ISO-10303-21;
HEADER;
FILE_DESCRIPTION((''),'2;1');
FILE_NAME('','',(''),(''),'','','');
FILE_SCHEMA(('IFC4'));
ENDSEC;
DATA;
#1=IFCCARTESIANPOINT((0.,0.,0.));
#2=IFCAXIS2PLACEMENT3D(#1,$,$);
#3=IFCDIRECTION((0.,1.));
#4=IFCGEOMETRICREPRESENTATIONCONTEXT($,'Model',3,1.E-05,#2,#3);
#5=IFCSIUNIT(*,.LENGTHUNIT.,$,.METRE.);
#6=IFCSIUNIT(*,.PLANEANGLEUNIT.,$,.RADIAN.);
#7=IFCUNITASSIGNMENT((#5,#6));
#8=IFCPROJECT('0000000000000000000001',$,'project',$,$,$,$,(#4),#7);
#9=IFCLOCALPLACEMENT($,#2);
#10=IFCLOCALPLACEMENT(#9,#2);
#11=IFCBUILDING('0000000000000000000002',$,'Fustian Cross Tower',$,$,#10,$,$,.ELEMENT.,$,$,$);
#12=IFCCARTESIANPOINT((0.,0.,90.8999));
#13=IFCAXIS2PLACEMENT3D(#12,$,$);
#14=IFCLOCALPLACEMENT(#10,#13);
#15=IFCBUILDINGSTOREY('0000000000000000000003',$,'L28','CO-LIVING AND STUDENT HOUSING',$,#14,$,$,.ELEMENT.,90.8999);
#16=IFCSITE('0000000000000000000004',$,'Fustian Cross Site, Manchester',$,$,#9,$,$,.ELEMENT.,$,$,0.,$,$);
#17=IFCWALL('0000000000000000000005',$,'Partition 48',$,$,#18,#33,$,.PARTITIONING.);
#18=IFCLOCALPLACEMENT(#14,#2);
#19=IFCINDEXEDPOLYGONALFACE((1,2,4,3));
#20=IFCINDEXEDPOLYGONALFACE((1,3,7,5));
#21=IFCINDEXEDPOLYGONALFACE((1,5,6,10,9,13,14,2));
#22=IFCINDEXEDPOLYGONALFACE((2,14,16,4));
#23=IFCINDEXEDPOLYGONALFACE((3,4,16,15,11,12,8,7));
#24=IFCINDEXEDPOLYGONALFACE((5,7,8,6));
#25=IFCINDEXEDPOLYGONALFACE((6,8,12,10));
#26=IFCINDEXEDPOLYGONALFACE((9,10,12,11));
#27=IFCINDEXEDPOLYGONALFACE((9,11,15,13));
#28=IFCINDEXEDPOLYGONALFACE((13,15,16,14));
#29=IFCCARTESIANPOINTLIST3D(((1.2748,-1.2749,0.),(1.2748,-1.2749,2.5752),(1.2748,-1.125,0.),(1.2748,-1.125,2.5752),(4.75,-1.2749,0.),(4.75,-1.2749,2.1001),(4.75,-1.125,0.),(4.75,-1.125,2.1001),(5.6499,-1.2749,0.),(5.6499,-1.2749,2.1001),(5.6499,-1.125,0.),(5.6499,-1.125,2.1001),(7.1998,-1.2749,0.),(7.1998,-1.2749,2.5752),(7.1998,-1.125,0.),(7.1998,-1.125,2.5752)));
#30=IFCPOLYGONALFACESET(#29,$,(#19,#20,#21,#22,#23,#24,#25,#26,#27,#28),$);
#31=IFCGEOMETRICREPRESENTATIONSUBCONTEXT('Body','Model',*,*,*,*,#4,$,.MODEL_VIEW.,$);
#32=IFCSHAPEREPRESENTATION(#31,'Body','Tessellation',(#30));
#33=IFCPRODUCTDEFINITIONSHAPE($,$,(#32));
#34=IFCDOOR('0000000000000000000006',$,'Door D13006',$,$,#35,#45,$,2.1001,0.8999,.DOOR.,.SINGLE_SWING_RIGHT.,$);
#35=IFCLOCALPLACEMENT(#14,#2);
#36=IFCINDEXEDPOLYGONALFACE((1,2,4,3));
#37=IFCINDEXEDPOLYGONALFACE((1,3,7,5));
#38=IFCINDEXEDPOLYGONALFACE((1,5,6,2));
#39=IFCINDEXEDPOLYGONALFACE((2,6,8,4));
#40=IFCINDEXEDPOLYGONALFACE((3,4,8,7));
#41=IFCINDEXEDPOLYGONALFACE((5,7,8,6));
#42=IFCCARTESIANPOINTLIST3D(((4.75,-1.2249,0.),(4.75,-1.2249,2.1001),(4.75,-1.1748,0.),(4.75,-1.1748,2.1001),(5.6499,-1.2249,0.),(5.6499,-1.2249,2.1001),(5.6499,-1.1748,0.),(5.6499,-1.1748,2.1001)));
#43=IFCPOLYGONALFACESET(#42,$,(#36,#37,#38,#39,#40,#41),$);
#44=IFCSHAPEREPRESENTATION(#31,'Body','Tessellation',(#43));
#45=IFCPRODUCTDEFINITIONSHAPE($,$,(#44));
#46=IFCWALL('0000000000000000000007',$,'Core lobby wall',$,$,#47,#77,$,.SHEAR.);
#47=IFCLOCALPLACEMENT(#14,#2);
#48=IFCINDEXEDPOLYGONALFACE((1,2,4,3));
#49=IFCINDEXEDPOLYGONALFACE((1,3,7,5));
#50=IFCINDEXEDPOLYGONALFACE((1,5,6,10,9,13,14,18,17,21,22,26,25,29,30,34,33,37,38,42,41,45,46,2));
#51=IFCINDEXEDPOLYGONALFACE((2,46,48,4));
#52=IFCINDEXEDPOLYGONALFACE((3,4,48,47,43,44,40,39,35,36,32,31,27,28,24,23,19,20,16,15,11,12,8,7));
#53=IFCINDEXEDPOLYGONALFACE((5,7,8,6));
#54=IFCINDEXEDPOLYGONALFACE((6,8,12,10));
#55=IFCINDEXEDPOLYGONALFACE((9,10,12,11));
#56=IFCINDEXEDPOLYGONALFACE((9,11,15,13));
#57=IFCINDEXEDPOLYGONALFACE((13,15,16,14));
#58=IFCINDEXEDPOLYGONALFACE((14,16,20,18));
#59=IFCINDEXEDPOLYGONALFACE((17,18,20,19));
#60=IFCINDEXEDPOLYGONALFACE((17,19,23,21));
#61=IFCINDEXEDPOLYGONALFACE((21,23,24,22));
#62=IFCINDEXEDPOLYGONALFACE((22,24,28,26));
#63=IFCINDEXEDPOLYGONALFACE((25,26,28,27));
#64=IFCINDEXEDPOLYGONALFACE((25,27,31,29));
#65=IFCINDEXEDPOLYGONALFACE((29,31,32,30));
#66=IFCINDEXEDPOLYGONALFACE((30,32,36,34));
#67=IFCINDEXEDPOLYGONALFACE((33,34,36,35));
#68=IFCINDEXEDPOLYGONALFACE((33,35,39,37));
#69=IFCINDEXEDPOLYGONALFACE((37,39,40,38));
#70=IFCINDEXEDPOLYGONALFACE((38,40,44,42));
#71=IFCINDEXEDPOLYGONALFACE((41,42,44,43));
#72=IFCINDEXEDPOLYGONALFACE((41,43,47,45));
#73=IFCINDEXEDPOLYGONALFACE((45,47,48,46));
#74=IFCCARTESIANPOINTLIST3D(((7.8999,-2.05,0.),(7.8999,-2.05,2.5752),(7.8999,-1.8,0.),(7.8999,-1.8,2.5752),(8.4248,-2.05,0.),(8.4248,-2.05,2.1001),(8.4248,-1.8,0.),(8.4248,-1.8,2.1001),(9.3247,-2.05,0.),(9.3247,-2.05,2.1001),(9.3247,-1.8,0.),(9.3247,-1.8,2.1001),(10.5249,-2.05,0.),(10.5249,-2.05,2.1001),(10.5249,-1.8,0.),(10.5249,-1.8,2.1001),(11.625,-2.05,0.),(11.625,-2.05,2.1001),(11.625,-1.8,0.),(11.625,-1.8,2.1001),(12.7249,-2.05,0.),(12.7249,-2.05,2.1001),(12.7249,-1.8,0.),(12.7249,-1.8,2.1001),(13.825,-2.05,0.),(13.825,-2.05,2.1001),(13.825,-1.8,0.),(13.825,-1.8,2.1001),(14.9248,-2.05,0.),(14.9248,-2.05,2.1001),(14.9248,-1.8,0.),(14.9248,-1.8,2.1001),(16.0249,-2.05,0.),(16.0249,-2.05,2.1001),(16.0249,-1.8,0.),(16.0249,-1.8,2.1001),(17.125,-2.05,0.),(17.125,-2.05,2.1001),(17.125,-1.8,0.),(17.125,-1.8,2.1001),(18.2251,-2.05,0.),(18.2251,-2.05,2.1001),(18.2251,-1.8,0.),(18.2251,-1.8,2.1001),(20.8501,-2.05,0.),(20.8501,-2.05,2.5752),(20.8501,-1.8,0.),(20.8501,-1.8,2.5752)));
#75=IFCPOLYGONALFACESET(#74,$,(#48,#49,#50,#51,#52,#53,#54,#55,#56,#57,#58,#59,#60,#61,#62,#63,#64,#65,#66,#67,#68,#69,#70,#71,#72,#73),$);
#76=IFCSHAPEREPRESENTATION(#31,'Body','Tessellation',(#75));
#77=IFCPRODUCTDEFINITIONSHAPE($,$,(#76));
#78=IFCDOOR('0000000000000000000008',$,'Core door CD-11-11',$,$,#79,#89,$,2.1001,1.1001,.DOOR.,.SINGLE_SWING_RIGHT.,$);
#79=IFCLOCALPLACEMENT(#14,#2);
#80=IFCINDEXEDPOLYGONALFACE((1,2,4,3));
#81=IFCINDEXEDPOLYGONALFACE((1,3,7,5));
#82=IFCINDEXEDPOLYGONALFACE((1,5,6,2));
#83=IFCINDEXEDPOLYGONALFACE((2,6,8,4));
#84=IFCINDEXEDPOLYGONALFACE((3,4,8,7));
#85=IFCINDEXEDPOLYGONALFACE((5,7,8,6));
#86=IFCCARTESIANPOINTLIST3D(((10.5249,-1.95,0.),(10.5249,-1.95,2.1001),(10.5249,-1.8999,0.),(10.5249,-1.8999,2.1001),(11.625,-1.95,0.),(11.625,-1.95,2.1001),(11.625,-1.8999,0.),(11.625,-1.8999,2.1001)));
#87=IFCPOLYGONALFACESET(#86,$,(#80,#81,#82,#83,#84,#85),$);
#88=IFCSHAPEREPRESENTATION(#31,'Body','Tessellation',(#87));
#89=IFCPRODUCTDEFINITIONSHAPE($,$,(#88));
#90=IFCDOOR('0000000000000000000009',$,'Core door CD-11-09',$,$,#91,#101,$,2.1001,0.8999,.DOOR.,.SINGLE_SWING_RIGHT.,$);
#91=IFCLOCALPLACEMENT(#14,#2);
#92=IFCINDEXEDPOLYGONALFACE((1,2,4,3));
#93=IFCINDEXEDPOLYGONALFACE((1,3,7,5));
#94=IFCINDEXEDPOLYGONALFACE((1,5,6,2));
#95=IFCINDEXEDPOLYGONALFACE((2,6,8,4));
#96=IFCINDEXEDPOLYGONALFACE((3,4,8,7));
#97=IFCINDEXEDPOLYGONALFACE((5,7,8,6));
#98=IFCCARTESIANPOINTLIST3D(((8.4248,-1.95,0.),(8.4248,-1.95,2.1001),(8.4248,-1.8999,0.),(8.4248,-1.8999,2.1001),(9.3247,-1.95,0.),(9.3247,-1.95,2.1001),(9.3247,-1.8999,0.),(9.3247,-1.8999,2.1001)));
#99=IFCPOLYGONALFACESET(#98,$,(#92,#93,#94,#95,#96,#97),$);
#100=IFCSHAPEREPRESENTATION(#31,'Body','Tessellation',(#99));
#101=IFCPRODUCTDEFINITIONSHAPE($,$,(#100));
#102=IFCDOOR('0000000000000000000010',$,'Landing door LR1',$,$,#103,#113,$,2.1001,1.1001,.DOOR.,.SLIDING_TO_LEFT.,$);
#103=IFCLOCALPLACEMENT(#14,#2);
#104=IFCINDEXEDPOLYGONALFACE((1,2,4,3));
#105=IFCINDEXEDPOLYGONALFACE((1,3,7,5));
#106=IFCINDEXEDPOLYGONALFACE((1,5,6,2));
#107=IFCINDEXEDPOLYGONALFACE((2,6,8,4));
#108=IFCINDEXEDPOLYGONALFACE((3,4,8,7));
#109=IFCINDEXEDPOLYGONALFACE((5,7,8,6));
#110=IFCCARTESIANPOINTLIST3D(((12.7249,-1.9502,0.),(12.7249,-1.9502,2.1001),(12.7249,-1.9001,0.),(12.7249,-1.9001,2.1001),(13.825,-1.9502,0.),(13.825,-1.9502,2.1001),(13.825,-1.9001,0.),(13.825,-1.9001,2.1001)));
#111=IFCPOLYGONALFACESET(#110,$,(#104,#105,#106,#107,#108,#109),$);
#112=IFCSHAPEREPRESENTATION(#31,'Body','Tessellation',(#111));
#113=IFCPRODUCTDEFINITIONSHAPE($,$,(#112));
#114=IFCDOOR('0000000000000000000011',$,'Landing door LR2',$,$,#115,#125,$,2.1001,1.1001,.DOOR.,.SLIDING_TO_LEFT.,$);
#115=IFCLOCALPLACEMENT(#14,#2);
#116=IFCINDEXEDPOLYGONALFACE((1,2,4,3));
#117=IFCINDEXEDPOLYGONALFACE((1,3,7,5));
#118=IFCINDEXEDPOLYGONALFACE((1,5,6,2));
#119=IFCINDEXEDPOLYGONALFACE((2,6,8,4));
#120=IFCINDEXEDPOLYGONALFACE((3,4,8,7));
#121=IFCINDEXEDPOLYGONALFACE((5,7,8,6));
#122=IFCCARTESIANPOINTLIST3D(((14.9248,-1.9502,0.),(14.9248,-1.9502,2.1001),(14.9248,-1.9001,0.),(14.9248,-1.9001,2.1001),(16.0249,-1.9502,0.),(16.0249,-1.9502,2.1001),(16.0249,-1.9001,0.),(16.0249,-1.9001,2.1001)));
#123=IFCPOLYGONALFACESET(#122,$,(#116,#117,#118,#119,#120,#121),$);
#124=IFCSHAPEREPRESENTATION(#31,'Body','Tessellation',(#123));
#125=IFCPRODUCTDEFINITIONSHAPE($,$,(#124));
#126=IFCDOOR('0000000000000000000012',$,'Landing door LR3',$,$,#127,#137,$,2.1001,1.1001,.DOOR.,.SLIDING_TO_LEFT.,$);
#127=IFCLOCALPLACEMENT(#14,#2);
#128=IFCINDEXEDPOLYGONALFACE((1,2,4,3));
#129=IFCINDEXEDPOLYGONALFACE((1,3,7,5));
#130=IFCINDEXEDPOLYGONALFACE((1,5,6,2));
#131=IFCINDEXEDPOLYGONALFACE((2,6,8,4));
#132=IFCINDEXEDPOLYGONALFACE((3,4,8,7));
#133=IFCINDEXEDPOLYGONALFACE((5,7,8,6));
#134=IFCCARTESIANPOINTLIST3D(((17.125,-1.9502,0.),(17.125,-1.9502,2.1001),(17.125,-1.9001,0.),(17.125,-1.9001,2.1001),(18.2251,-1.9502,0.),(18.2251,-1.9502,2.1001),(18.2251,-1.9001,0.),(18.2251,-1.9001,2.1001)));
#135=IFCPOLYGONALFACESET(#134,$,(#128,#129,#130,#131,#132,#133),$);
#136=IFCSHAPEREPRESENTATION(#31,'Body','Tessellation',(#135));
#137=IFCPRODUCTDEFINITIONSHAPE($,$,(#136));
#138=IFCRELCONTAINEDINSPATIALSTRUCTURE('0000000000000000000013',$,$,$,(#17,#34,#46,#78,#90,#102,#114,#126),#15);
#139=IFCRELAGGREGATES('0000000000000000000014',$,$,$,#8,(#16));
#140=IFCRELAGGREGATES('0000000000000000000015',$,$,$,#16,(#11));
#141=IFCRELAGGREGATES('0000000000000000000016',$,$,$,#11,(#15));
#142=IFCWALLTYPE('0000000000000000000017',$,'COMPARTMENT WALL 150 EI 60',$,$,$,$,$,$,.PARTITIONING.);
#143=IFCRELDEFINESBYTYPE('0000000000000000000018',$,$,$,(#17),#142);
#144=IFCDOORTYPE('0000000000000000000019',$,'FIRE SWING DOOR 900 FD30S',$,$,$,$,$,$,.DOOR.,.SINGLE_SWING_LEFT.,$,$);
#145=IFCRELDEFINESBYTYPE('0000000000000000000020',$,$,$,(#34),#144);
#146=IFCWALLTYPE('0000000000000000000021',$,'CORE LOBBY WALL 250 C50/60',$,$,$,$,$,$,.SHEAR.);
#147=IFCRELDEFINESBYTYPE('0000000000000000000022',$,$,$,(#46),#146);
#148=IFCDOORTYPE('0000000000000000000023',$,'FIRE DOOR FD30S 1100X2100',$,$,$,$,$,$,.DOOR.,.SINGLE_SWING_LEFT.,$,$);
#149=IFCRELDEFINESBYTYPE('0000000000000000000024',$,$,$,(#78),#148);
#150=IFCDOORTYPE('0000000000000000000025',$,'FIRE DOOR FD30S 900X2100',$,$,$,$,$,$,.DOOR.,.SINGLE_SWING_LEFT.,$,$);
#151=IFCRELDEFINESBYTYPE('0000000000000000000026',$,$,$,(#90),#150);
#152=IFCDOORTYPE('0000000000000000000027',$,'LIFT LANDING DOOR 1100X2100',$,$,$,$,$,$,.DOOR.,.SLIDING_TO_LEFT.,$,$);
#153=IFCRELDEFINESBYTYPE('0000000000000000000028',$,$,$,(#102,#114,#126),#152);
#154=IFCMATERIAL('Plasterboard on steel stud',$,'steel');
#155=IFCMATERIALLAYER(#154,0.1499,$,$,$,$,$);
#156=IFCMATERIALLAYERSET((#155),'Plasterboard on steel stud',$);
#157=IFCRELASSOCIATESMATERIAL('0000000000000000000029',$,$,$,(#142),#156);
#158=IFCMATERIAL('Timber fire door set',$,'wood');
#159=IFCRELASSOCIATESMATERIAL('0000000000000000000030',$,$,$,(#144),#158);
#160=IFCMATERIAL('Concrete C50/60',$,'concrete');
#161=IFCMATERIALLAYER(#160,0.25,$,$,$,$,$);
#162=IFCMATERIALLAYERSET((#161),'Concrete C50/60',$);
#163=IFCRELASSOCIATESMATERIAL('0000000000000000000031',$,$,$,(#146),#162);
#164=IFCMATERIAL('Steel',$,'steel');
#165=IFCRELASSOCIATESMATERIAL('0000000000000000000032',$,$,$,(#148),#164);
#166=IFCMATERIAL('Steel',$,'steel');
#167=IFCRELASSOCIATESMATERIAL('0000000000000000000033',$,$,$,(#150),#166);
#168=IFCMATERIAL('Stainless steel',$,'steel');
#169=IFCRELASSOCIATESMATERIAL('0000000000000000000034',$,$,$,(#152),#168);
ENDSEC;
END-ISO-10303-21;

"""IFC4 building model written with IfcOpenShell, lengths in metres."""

from ifc_helpers import new_model, si_unit, direction, frame, frame_2d, origin, place, context, subcontext, project, spatial, rectangle, extrude, material, layer, layer_set, type_object, element, fill, save


model = new_model("IFC4")

# Units and contexts
model_context = context("Model", 3, precision=1e-05, world=origin(), true_north=direction((0.0, 1.0)))
body_context = subcontext(model_context, "Body", "Model", "MODEL_VIEW")
ifc_project = project(units=[si_unit("LENGTHUNIT", "METRE"), si_unit("PLANEANGLEUNIT", "RADIAN")], contexts=[model_context])

# Site, building, storey
site_placement = place(None, origin())
site = spatial("IfcSite", under=ifc_project, at=site_placement, Name="Fustian Cross Site, Manchester", CompositionType="ELEMENT", RefElevation=0.0)
building_placement = place(site_placement, origin())
building = spatial("IfcBuilding", under=site, at=building_placement, Name="Fustian Cross Tower", CompositionType="ELEMENT")
storey_placement = place(building_placement, frame((0.0, 0.0, 90.8999)))
storey = spatial("IfcBuildingStorey", under=building, at=storey_placement, Name="L28", Description="CO-LIVING AND STUDENT HOUSING", CompositionType="ELEMENT", Elevation=90.8999)

# Wall, opening, door
ifc_material_1 = material(Name="Plasterboard on steel stud", Category="steel")
ifc_layer_1 = layer(ifc_material_1, 0.1499)
ifc_layer_set_1 = layer_set([ifc_layer_1], Name="Plasterboard on steel stud")
wall_type_1 = type_object("IfcWallType", Name="COMPARTMENT WALL 150 EI 60", PredefinedType="PARTITIONING", material=ifc_layer_set_1)
wall_1_placement = place(storey_placement, frame((1.2749, -1.2, 0.0), z_axis=(0.0, 0.0, 1.0), x_axis=(1.0, 0.0, 0.0)))
wall_1 = element("IfcWall", 1, at=wall_1_placement, inside=storey, type_object=wall_type_1, Name="Partition 48", PredefinedType="PARTITIONING", context=body_context, shape_type="SweptSolid", body=[
    extrude(rectangle(XDim=5.925, YDim=0.1499, at=frame_2d((2.9624, 0.0))), origin(), (0.0, 0.0, 1.0), 2.5752),
])
opening_1_placement = place(wall_1_placement, frame((3.4751, 0.0, 0.0)))
opening_1 = element("IfcOpeningElement", 2, at=opening_1_placement, cuts=wall_1, PredefinedType="OPENING", context=body_context, shape_type="SweptSolid", body=[
    extrude(rectangle(XDim=0.8999, YDim=2.1001, at=frame_2d((0.45, 1.05))), frame((0.0, 0.085, 0.0), z_axis=(0.0, -1.0, 0.0), x_axis=(1.0, 0.0, 0.0)), (0.0, 0.0, 1.0), 0.1699),
])
ifc_material_2 = material(Name="Timber fire door set", Category="wood")
door_type_1 = type_object("IfcDoorType", Name="FIRE SWING DOOR 900 FD30S", OperationType="SINGLE_SWING_LEFT", PredefinedType="DOOR", material=ifc_material_2)
door_1_placement = place(opening_1_placement, frame((0.8999, 0.0, 0.0), z_axis=(0.0, 0.0, 1.0), x_axis=(-1.0, 0.0, 0.0)))
door_1 = element("IfcDoor", 3, at=door_1_placement, inside=storey, type_object=door_type_1, Name="Door D13006", OperationType="SINGLE_SWING_RIGHT", OverallHeight=2.1001, OverallWidth=0.8999, PredefinedType="DOOR", context=body_context, shape_type="SweptSolid", body=[
    extrude(rectangle(XDim=0.8999, YDim=2.1001, at=frame_2d((0.45, 1.05))), frame((0.0, 0.0249, 0.0), z_axis=(0.0, -1.0, 0.0), x_axis=(1.0, 0.0, 0.0)), (0.0, 0.0, 1.0), 0.05),
])
fill(opening_1, door_1)

# Wall, openings, doors
ifc_material_3 = material(Name="Concrete C50/60", Category="concrete")
ifc_layer_2 = layer(ifc_material_3, 0.25)
ifc_layer_set_2 = layer_set([ifc_layer_2], Name="Concrete C50/60")
wall_type_2 = type_object("IfcWallType", Name="CORE LOBBY WALL 250 C50/60", PredefinedType="SHEAR", material=ifc_layer_set_2)
wall_2_placement = place(storey_placement, frame((7.8999, -1.925, 0.0), z_axis=(0.0, 0.0, 1.0), x_axis=(1.0, 0.0, 0.0)))
wall_2 = element("IfcWall", 4, at=wall_2_placement, inside=storey, type_object=wall_type_2, Name="Core lobby wall", PredefinedType="SHEAR", context=body_context, shape_type="SweptSolid", body=[
    extrude(rectangle(XDim=12.9502, YDim=0.25, at=frame_2d((6.4751, 0.0))), origin(), (0.0, 0.0, 1.0), 2.5752),
])
opening_2_placement = place(wall_2_placement, frame((4.825, 0.0, 0.0)))
opening_2 = element("IfcOpeningElement", 5, at=opening_2_placement, cuts=wall_2, PredefinedType="OPENING", context=body_context, shape_type="SweptSolid", body=[
    extrude(rectangle(XDim=1.1001, YDim=2.1001, at=frame_2d((0.55, 1.05))), frame((0.0, 0.135, 0.0), z_axis=(0.0, -1.0, 0.0), x_axis=(1.0, 0.0, 0.0)), (0.0, 0.0, 1.0), 0.27),
])
opening_3_placement = place(wall_2_placement, frame((7.0249, 0.0, 0.0)))
opening_3 = element("IfcOpeningElement", 6, at=opening_3_placement, cuts=wall_2, PredefinedType="OPENING", context=body_context, shape_type="SweptSolid", body=[
    extrude(rectangle(XDim=1.1001, YDim=2.1001, at=frame_2d((0.55, 1.05))), frame((0.0, 0.135, 0.0), z_axis=(0.0, -1.0, 0.0), x_axis=(1.0, 0.0, 0.0)), (0.0, 0.0, 1.0), 0.27),
])
opening_4_placement = place(wall_2_placement, frame((9.2251, 0.0, 0.0)))
opening_4 = element("IfcOpeningElement", 7, at=opening_4_placement, cuts=wall_2, PredefinedType="OPENING", context=body_context, shape_type="SweptSolid", body=[
    extrude(rectangle(XDim=1.1001, YDim=2.1001, at=frame_2d((0.55, 1.05))), frame((0.0, 0.135, 0.0), z_axis=(0.0, -1.0, 0.0), x_axis=(1.0, 0.0, 0.0)), (0.0, 0.0, 1.0), 0.27),
])
opening_5_placement = place(wall_2_placement, frame((0.5249, 0.0, 0.0)))
opening_5 = element("IfcOpeningElement", 8, at=opening_5_placement, cuts=wall_2, PredefinedType="OPENING", context=body_context, shape_type="SweptSolid", body=[
    extrude(rectangle(XDim=0.8999, YDim=2.1001, at=frame_2d((0.45, 1.05))), frame((0.0, 0.135, 0.0), z_axis=(0.0, -1.0, 0.0), x_axis=(1.0, 0.0, 0.0)), (0.0, 0.0, 1.0), 0.27),
])
opening_6_placement = place(wall_2_placement, frame((2.625, 0.0, 0.0)))
opening_6 = element("IfcOpeningElement", 9, at=opening_6_placement, cuts=wall_2, PredefinedType="OPENING", context=body_context, shape_type="SweptSolid", body=[
    extrude(rectangle(XDim=1.1001, YDim=2.1001, at=frame_2d((0.55, 1.05))), frame((0.0, 0.135, 0.0), z_axis=(0.0, -1.0, 0.0), x_axis=(1.0, 0.0, 0.0)), (0.0, 0.0, 1.0), 0.27),
])
ifc_material_4 = material(Name="Steel", Category="steel")
door_type_2 = type_object("IfcDoorType", Name="FIRE DOOR FD30S 1100X2100", OperationType="SINGLE_SWING_LEFT", PredefinedType="DOOR", material=ifc_material_4)
door_2_placement = place(opening_6_placement, frame((1.1001, 0.0, 0.0), z_axis=(0.0, 0.0, 1.0), x_axis=(-1.0, 0.0, 0.0)))
door_2 = element("IfcDoor", 10, at=door_2_placement, inside=storey, type_object=door_type_2, Name="Core door CD-11-11", OperationType="SINGLE_SWING_RIGHT", OverallHeight=2.1001, OverallWidth=1.1001, PredefinedType="DOOR", context=body_context, shape_type="SweptSolid", body=[
    extrude(rectangle(XDim=1.1001, YDim=2.1001, at=frame_2d((0.55, 1.05))), frame((0.0, 0.0249, 0.0), z_axis=(0.0, -1.0, 0.0), x_axis=(1.0, 0.0, 0.0)), (0.0, 0.0, 1.0), 0.05),
])
fill(opening_6, door_2)
ifc_material_5 = material(Name="Steel", Category="steel")
door_type_3 = type_object("IfcDoorType", Name="FIRE DOOR FD30S 900X2100", OperationType="SINGLE_SWING_LEFT", PredefinedType="DOOR", material=ifc_material_5)
door_3_placement = place(opening_5_placement, frame((0.8999, 0.0, 0.0), z_axis=(0.0, 0.0, 1.0), x_axis=(-1.0, 0.0, 0.0)))
door_3 = element("IfcDoor", 11, at=door_3_placement, inside=storey, type_object=door_type_3, Name="Core door CD-11-09", OperationType="SINGLE_SWING_RIGHT", OverallHeight=2.1001, OverallWidth=0.8999, PredefinedType="DOOR", context=body_context, shape_type="SweptSolid", body=[
    extrude(rectangle(XDim=0.8999, YDim=2.1001, at=frame_2d((0.45, 1.05))), frame((0.0, 0.0249, 0.0), z_axis=(0.0, -1.0, 0.0), x_axis=(1.0, 0.0, 0.0)), (0.0, 0.0, 1.0), 0.05),
])
fill(opening_5, door_3)
ifc_material_6 = material(Name="Stainless steel", Category="steel")
door_type_4 = type_object("IfcDoorType", Name="LIFT LANDING DOOR 1100X2100", OperationType="SLIDING_TO_LEFT", PredefinedType="DOOR", material=ifc_material_6)
door_4_placement = place(opening_2_placement, origin())
door_4 = element("IfcDoor", 12, at=door_4_placement, inside=storey, type_object=door_type_4, Name="Landing door LR1", OperationType="SLIDING_TO_LEFT", OverallHeight=2.1001, OverallWidth=1.1001, PredefinedType="DOOR", context=body_context, shape_type="SweptSolid", body=[
    extrude(rectangle(XDim=1.1001, YDim=2.1001, at=frame_2d((0.55, 1.05))), frame((0.0, 0.0249, 0.0), z_axis=(0.0, -1.0, 0.0), x_axis=(1.0, 0.0, 0.0)), (0.0, 0.0, 1.0), 0.05),
])
fill(opening_2, door_4)
door_5_placement = place(opening_3_placement, origin())
door_5 = element("IfcDoor", 13, at=door_5_placement, inside=storey, type_object=door_type_4, Name="Landing door LR2", OperationType="SLIDING_TO_LEFT", OverallHeight=2.1001, OverallWidth=1.1001, PredefinedType="DOOR", context=body_context, shape_type="SweptSolid", body=[
    extrude(rectangle(XDim=1.1001, YDim=2.1001, at=frame_2d((0.55, 1.05))), frame((0.0, 0.0249, 0.0), z_axis=(0.0, -1.0, 0.0), x_axis=(1.0, 0.0, 0.0)), (0.0, 0.0, 1.0), 0.05),
])
fill(opening_3, door_5)
door_6_placement = place(opening_4_placement, origin())
door_6 = element("IfcDoor", 14, at=door_6_placement, inside=storey, type_object=door_type_4, Name="Landing door LR3", OperationType="SLIDING_TO_LEFT", OverallHeight=2.1001, OverallWidth=1.1001, PredefinedType="DOOR", context=body_context, shape_type="SweptSolid", body=[
    extrude(rectangle(XDim=1.1001, YDim=2.1001, at=frame_2d((0.55, 1.05))), frame((0.0, 0.0249, 0.0), z_axis=(0.0, -1.0, 0.0), x_axis=(1.0, 0.0, 0.0)), (0.0, 0.0, 1.0), 0.05),
])
fill(opening_4, door_6)

save(model, "model.ifc")
